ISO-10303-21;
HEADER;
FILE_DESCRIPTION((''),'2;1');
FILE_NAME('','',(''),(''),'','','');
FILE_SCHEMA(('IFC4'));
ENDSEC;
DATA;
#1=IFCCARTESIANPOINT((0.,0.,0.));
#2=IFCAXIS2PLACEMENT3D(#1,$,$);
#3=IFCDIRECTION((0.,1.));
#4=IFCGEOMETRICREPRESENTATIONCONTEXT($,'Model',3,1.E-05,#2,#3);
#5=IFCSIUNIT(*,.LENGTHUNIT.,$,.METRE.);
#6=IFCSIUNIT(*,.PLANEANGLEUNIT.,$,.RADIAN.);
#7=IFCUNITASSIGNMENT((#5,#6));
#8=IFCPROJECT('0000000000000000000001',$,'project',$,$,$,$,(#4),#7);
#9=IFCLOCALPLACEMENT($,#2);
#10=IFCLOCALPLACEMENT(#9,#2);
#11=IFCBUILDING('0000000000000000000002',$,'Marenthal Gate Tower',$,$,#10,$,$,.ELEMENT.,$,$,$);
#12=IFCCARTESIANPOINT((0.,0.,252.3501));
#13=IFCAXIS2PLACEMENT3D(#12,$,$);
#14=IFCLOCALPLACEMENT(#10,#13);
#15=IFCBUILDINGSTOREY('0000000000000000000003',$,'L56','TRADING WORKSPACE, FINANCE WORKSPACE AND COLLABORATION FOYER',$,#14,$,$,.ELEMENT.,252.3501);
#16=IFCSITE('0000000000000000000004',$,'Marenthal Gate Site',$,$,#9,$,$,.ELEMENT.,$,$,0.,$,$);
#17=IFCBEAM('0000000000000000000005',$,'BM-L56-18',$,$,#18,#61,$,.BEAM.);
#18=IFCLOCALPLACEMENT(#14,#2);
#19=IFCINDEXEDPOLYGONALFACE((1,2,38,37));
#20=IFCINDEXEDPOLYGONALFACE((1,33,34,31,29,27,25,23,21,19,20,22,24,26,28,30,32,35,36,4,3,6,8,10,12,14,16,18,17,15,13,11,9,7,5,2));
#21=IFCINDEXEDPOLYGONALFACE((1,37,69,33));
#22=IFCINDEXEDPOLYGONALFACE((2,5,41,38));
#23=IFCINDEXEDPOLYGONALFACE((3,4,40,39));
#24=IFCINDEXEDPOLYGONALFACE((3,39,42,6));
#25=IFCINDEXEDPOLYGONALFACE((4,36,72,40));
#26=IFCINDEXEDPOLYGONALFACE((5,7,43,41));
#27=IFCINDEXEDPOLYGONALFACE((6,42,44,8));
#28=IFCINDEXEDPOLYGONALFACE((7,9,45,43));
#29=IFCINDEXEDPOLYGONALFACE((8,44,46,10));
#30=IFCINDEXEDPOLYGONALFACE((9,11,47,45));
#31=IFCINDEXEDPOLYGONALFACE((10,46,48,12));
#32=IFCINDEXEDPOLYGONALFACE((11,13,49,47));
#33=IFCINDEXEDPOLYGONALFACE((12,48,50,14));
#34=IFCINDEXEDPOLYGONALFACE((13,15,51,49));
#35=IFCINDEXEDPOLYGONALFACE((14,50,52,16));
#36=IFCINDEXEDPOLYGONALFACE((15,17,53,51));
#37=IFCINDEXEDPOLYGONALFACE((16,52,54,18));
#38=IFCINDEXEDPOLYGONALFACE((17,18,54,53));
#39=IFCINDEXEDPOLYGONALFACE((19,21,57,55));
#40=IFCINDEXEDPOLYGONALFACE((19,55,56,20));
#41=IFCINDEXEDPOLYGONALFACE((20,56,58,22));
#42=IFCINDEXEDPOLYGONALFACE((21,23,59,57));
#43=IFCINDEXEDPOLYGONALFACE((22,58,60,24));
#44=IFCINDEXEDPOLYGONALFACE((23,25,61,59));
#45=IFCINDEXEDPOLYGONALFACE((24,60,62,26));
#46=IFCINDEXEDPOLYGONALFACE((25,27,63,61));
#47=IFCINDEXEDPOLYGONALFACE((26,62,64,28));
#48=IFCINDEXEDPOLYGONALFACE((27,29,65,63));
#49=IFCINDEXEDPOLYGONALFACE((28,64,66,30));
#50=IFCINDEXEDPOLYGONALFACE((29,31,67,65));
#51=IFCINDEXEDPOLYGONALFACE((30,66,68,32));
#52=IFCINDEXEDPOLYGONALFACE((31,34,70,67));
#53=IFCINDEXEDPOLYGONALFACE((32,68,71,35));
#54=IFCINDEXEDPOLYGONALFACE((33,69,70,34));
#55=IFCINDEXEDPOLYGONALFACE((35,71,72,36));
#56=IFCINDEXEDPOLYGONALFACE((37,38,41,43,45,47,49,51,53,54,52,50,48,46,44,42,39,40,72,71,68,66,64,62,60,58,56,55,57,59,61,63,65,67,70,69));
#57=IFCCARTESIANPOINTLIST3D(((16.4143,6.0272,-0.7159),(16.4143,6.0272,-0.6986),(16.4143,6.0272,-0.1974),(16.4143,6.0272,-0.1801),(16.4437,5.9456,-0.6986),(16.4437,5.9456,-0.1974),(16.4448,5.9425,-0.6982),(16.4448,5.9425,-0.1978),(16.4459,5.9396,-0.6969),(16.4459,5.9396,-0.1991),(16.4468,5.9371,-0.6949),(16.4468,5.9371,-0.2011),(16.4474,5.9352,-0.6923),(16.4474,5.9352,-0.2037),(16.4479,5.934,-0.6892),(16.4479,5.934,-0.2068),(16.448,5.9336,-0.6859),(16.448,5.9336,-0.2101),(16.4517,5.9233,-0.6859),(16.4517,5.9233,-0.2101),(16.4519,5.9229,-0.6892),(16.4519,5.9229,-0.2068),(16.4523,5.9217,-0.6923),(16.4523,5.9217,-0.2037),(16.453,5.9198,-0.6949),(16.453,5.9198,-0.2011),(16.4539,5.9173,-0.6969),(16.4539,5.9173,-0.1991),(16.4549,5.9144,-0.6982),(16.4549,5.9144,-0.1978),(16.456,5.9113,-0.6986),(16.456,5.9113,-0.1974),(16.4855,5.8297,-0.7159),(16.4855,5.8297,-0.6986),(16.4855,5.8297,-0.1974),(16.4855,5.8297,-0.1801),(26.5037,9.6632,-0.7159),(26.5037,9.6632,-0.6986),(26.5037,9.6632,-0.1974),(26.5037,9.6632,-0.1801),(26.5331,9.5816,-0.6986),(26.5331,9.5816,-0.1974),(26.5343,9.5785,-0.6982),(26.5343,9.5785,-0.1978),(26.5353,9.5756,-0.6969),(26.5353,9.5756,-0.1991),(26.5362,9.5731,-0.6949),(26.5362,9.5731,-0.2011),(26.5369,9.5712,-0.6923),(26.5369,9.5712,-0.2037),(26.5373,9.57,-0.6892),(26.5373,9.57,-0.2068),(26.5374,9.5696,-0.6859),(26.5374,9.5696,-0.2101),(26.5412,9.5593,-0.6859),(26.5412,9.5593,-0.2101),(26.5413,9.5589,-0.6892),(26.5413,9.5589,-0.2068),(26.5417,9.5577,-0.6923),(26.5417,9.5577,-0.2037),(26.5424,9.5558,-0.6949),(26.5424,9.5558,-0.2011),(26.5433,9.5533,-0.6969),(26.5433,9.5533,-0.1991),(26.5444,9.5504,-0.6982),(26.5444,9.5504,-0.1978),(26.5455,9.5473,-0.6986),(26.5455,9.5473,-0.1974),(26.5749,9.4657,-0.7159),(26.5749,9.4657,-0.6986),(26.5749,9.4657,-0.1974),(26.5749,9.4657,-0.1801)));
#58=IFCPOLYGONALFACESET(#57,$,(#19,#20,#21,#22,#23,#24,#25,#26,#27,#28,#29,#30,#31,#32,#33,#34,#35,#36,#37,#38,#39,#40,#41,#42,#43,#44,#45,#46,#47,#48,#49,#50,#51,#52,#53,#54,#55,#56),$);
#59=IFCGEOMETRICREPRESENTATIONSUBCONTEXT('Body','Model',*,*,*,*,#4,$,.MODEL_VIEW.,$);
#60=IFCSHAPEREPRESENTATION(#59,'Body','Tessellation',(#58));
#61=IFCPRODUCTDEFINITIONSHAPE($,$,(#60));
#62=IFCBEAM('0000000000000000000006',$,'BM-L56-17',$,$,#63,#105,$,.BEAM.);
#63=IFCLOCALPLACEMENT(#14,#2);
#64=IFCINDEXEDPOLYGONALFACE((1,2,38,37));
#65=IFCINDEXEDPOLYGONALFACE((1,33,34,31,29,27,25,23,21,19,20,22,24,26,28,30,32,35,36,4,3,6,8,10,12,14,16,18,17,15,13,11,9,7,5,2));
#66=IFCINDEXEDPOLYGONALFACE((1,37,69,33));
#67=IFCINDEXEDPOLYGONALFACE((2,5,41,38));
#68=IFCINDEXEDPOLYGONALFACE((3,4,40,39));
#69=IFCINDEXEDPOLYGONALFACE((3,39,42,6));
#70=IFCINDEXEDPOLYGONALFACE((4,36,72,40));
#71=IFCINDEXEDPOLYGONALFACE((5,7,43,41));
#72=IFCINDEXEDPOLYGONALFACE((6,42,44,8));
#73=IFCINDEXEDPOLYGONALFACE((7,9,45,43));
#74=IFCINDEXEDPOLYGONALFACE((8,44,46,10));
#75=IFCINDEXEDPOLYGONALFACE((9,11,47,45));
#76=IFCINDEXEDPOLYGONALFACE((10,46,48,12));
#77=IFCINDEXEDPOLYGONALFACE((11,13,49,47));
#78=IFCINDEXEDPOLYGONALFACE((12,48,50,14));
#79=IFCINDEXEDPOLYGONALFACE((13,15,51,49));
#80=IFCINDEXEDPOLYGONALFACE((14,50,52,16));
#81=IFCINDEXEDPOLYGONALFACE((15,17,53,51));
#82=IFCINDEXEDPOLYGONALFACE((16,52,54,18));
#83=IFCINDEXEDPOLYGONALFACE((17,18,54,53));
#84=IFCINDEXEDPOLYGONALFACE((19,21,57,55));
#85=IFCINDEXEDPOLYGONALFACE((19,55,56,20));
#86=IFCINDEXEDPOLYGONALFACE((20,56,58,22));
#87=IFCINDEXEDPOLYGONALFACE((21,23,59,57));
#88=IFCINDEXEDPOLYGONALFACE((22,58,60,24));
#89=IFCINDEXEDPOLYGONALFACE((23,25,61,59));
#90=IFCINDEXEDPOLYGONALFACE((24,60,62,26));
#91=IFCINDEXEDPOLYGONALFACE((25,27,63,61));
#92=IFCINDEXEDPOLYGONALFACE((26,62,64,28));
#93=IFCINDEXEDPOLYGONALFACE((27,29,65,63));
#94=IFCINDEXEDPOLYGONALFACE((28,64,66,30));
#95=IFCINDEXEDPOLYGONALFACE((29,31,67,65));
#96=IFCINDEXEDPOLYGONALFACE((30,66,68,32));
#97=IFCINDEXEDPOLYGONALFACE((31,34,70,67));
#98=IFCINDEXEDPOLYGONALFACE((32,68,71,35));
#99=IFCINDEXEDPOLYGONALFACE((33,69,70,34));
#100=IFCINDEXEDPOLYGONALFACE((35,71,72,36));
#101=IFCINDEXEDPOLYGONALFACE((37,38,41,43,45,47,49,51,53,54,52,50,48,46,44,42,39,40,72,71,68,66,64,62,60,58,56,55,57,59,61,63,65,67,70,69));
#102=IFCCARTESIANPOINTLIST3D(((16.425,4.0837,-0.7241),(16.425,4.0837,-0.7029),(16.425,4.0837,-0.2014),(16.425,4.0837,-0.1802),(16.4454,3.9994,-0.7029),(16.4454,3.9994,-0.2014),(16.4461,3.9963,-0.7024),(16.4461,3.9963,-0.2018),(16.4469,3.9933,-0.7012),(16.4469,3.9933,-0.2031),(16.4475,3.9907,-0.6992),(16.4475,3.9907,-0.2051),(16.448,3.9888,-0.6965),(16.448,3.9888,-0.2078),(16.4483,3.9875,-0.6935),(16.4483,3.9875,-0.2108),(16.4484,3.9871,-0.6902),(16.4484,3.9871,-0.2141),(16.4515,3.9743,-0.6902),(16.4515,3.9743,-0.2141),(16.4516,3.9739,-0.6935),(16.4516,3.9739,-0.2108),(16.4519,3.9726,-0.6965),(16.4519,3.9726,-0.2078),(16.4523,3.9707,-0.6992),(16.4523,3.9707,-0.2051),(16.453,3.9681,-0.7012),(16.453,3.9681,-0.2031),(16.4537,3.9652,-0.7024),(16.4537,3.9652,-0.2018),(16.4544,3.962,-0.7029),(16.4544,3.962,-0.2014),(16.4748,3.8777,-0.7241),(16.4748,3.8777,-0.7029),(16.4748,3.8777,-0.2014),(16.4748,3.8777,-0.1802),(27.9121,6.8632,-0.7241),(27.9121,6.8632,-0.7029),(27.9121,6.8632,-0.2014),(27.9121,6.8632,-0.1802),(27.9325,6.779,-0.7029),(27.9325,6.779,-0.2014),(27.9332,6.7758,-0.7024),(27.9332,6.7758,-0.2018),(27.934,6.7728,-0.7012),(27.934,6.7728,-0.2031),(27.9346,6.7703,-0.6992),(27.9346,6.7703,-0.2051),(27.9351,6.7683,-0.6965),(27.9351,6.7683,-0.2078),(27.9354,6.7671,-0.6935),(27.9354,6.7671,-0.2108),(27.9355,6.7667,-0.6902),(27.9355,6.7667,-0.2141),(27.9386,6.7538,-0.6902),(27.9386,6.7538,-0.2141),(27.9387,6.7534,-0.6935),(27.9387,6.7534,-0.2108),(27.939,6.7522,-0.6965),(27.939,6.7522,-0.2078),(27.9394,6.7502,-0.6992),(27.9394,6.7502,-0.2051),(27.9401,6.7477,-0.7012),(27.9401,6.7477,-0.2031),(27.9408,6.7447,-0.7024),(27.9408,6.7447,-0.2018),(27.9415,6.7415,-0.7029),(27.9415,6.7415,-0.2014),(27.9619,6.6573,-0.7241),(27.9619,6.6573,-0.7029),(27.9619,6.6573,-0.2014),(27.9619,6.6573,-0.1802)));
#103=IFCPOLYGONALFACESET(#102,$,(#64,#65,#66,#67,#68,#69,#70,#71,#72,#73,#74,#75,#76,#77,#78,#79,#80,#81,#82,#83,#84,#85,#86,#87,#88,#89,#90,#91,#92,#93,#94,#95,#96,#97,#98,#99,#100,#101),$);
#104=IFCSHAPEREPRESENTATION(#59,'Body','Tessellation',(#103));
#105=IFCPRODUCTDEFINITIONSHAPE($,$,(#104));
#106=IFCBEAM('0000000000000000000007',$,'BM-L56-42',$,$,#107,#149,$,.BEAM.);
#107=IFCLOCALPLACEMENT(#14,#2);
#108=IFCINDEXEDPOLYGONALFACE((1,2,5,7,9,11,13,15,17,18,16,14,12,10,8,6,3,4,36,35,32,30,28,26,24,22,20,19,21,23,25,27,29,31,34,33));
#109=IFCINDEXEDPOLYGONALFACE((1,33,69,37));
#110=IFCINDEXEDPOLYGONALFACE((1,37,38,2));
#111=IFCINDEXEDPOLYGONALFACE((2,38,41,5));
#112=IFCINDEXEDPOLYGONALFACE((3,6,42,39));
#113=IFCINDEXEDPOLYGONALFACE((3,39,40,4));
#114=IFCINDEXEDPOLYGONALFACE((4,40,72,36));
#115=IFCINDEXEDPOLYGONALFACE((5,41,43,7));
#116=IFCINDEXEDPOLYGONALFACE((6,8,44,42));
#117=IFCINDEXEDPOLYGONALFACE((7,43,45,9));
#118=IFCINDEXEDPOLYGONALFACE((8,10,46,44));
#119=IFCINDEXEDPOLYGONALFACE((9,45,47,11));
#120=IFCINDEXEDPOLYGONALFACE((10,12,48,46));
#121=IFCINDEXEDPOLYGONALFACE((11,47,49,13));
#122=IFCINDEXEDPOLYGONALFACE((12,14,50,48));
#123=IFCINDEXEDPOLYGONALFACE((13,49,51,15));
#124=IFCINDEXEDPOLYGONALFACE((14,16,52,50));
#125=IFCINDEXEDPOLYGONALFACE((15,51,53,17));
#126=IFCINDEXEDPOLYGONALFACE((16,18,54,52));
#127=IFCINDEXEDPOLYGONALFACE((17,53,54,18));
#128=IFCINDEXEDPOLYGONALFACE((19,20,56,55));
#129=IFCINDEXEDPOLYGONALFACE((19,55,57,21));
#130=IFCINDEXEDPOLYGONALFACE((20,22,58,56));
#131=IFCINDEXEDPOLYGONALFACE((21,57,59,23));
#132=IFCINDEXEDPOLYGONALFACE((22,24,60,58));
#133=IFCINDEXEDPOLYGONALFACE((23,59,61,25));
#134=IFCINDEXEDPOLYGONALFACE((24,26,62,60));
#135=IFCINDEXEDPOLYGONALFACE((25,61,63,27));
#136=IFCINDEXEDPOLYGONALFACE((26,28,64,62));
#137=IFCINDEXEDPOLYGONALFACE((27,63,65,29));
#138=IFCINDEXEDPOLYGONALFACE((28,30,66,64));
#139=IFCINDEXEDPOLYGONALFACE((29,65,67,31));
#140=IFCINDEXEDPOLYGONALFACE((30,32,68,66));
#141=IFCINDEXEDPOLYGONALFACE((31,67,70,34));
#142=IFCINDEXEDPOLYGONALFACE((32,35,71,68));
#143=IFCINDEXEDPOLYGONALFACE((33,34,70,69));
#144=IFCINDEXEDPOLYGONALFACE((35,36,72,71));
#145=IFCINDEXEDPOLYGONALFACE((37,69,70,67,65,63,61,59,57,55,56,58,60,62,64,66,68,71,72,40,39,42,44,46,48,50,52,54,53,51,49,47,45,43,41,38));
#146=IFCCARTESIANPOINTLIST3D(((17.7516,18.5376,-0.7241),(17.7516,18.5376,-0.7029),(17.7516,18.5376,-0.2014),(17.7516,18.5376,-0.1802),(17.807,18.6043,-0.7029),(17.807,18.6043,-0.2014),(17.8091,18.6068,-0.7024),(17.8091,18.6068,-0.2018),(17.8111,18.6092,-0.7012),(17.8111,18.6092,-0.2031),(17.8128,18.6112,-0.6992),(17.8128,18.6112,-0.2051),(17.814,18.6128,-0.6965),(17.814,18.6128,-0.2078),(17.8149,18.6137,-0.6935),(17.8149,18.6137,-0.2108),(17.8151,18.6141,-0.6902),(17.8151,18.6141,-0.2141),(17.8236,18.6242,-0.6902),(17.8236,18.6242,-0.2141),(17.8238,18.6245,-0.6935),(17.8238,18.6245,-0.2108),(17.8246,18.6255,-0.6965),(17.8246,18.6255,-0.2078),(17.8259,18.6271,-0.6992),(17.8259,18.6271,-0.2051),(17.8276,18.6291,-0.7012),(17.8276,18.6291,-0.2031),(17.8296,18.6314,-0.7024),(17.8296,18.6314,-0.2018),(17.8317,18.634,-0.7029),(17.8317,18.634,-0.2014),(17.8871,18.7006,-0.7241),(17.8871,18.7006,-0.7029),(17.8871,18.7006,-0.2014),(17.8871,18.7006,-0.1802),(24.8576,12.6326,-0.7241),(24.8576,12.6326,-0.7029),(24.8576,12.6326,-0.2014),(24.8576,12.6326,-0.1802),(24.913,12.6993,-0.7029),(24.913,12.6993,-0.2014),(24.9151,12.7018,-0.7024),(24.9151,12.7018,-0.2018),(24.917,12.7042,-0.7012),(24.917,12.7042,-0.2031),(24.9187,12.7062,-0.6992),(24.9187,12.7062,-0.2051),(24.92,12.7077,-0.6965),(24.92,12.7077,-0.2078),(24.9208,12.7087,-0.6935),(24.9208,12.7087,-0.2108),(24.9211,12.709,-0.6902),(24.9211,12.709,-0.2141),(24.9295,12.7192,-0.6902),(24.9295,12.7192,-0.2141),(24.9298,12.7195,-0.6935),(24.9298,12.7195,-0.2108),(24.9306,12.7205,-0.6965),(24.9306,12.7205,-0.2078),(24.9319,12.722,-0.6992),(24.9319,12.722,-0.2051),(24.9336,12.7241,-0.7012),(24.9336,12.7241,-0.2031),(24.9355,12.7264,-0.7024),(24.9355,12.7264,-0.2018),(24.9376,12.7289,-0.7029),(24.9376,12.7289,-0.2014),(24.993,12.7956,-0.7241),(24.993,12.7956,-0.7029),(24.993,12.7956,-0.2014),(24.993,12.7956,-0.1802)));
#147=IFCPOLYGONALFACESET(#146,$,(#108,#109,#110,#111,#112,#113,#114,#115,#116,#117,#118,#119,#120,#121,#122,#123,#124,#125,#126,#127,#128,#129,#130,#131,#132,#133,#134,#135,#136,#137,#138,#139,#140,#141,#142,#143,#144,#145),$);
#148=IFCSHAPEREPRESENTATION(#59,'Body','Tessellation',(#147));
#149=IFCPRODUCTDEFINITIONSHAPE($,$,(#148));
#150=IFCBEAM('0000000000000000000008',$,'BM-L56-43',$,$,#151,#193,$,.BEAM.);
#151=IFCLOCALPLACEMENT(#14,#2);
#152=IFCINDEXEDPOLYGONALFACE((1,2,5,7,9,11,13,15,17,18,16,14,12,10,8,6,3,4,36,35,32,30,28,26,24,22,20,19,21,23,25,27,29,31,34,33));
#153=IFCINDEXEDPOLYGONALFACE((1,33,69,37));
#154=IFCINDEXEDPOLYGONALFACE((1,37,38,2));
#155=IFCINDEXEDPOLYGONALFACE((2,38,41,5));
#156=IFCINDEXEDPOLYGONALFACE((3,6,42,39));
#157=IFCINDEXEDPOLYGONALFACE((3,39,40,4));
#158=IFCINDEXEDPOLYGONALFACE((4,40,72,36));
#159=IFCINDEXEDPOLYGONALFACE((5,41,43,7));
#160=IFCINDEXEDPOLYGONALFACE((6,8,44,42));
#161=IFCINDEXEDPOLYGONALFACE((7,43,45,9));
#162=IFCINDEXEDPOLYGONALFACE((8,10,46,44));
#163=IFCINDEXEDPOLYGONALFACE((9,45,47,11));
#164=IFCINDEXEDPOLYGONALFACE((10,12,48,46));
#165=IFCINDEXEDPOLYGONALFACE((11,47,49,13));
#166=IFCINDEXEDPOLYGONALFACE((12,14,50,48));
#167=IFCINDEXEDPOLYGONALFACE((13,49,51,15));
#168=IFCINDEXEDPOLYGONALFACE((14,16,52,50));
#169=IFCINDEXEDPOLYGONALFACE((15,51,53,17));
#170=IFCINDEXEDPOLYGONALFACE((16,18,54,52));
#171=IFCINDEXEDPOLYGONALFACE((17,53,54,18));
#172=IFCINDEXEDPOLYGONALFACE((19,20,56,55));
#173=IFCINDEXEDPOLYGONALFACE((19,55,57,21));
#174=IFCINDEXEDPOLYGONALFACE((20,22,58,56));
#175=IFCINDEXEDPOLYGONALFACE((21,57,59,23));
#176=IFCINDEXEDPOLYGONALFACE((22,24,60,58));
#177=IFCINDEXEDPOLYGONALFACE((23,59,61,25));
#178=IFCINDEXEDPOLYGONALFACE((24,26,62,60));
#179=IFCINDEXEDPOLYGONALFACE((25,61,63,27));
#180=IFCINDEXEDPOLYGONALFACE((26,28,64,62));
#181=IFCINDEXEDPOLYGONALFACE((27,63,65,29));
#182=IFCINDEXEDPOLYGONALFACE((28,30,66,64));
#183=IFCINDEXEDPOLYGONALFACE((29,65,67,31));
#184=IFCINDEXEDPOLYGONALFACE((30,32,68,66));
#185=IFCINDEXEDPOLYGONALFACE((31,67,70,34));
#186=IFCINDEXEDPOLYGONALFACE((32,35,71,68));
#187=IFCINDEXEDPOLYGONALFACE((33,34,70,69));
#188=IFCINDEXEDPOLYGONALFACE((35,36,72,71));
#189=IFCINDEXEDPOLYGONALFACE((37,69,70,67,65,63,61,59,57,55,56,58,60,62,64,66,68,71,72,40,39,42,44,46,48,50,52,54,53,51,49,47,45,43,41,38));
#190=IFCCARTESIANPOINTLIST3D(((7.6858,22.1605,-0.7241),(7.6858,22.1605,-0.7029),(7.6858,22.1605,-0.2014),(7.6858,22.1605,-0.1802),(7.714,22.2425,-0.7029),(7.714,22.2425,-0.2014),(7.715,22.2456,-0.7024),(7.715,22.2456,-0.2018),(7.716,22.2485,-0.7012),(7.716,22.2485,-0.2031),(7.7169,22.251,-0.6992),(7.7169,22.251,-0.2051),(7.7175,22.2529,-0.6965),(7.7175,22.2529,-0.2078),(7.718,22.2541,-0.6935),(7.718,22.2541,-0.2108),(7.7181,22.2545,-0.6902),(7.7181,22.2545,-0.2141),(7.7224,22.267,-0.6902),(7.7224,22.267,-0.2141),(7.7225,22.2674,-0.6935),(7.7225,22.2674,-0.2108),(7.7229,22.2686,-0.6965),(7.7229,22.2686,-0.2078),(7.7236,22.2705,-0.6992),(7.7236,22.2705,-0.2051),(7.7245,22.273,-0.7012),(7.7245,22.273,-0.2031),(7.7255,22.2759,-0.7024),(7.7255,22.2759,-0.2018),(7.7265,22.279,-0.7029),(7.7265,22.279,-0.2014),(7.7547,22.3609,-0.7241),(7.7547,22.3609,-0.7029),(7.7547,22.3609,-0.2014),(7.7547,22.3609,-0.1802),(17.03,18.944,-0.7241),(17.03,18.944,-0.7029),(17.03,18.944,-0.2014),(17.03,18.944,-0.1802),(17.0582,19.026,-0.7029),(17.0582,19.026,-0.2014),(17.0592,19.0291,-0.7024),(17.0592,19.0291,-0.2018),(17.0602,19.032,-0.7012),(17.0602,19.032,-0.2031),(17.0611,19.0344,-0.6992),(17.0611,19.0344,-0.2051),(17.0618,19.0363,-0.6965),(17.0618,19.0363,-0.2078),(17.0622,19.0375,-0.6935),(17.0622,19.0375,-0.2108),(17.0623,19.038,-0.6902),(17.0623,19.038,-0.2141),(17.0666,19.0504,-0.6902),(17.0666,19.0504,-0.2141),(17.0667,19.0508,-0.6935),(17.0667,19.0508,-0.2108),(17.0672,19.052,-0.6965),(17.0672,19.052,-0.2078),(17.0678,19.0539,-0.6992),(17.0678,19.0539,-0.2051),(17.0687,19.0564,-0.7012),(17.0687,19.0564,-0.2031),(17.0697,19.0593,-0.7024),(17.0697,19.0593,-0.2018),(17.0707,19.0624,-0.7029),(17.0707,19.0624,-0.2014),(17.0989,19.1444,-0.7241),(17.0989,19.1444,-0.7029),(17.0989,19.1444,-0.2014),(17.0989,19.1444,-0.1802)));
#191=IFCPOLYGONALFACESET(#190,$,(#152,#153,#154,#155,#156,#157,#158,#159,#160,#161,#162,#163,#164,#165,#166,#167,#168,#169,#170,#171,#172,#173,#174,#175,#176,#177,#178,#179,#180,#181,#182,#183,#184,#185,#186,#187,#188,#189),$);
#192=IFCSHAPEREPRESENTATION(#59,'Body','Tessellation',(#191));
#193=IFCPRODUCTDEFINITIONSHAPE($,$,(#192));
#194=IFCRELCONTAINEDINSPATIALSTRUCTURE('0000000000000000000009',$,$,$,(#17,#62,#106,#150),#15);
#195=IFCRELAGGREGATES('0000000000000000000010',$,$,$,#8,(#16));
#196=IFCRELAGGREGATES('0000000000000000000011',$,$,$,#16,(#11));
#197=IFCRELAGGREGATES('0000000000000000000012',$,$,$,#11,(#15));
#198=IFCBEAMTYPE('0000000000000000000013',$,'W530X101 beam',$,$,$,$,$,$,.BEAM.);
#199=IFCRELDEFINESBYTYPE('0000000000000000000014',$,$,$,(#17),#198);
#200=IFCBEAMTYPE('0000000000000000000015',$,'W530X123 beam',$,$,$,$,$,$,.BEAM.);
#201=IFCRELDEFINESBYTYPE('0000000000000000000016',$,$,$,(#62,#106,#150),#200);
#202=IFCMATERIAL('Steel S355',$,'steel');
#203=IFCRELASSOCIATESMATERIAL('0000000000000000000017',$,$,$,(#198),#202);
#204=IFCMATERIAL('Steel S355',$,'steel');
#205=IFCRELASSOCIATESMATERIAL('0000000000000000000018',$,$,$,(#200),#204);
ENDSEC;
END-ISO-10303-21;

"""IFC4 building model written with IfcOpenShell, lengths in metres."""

from ifc_helpers import new_model, si_unit, direction, frame, origin, origin_2d, place, context, subcontext, project, spatial, i_section, extrude, material, material_profile, profile_set, type_object, element, save


model = new_model("IFC4")

# Units and contexts
model_context = context("Model", 3, precision=1e-05, world=origin(), true_north=direction((0.0, 1.0)))
body_context = subcontext(model_context, "Body", "Model", "MODEL_VIEW")
ifc_project = project(units=[si_unit("LENGTHUNIT", "METRE"), si_unit("PLANEANGLEUNIT", "RADIAN")], contexts=[model_context])

# Site, building, storey
site_placement = place(None, origin())
site = spatial("IfcSite", under=ifc_project, at=site_placement, Name="Marenthal Gate Site", CompositionType="ELEMENT", RefElevation=0.0)
building_placement = place(site_placement, origin())
building = spatial("IfcBuilding", under=site, at=building_placement, Name="Marenthal Gate Tower", CompositionType="ELEMENT")
storey_placement = place(building_placement, frame((0.0, 0.0, 252.3501)))
storey = spatial("IfcBuildingStorey", under=building, at=storey_placement, Name="L56", Description="TRADING WORKSPACE, FINANCE WORKSPACE AND COLLABORATION FOYER", CompositionType="ELEMENT", Elevation=252.3501)

# Beams
ifc_material_1 = material(Name="Steel S355", Category="steel")
ifc_material_profile_1 = material_profile(ifc_material_1, i_section(OverallWidth=0.21, OverallDepth=0.5359, WebThickness=0.011, FlangeThickness=0.0173, FilletRadius=0.0127, at=origin_2d()), Name="W530X101")
ifc_profile_set_1 = profile_set([ifc_material_profile_1], Name="Steel S355")
beam_type_1 = type_object("IfcBeamType", Name="W530X101 beam", PredefinedType="BEAM", material=ifc_profile_set_1)
beam_1_placement = place(storey_placement, frame((26.5393, 9.5645, -0.448), z_axis=(-0.940774, -0.339035, 0.0), x_axis=(0.339035, -0.940774, 0.0)))
element("IfcBeam", 1, at=beam_1_placement, inside=storey, type_object=beam_type_1, Name="BM-L56-18", PredefinedType="BEAM", context=body_context, shape_type="SweptSolid", body=[
    extrude(i_section(OverallWidth=0.21, OverallDepth=0.5359, WebThickness=0.011, FlangeThickness=0.0173, FilletRadius=0.0127, at=origin_2d()), origin(), (0.0, 0.0, 1.0), 10.7246),
])
ifc_material_2 = material(Name="Steel S355", Category="steel")
ifc_material_profile_2 = material_profile(ifc_material_2, i_section(OverallWidth=0.2119, OverallDepth=0.5439, WebThickness=0.0132, FlangeThickness=0.0212, FilletRadius=0.0127, at=origin_2d()), Name="W530X123")
ifc_profile_set_2 = profile_set([ifc_material_profile_2], Name="Steel S355")
beam_type_2 = type_object("IfcBeamType", Name="W530X123 beam", PredefinedType="BEAM", material=ifc_profile_set_2)
beam_2_placement = place(storey_placement, frame((27.937, 6.7603, -0.4521), z_axis=(-0.971951, -0.235184, 0.0), x_axis=(0.235184, -0.971951, 0.0)))
element("IfcBeam", 2, at=beam_2_placement, inside=storey, type_object=beam_type_2, Name="BM-L56-17", PredefinedType="BEAM", context=body_context, shape_type="SweptSolid", body=[
    extrude(i_section(OverallWidth=0.2119, OverallDepth=0.5439, WebThickness=0.0132, FlangeThickness=0.0212, FilletRadius=0.0127, at=origin_2d()), origin(), (0.0, 0.0, 1.0), 11.8186),
])
beam_3_placement = place(storey_placement, frame((24.9253, 12.7141, -0.4521), z_axis=(-0.769104, 0.639123, 0.0), x_axis=(-0.639123, -0.769104, 0.0)))
element("IfcBeam", 3, at=beam_3_placement, inside=storey, type_object=beam_type_2, Name="BM-L56-42", PredefinedType="BEAM", context=body_context, shape_type="SweptSolid", body=[
    extrude(i_section(OverallWidth=0.2119, OverallDepth=0.5439, WebThickness=0.0132, FlangeThickness=0.0212, FilletRadius=0.0127, at=origin_2d()), origin(), (0.0, 0.0, 1.0), 9.2393),
])
beam_4_placement = place(storey_placement, frame((17.0645, 19.0442, -0.4521), z_axis=(-0.945547, 0.325484, 0.0), x_axis=(-0.325484, -0.945547, 0.0)))
element("IfcBeam", 4, at=beam_4_placement, inside=storey, type_object=beam_type_2, Name="BM-L56-43", PredefinedType="BEAM", context=body_context, shape_type="SweptSolid", body=[
    extrude(i_section(OverallWidth=0.2119, OverallDepth=0.5439, WebThickness=0.0132, FlangeThickness=0.0212, FilletRadius=0.0127, at=origin_2d()), origin(), (0.0, 0.0, 1.0), 9.8823),
])

save(model, "model.ifc")
